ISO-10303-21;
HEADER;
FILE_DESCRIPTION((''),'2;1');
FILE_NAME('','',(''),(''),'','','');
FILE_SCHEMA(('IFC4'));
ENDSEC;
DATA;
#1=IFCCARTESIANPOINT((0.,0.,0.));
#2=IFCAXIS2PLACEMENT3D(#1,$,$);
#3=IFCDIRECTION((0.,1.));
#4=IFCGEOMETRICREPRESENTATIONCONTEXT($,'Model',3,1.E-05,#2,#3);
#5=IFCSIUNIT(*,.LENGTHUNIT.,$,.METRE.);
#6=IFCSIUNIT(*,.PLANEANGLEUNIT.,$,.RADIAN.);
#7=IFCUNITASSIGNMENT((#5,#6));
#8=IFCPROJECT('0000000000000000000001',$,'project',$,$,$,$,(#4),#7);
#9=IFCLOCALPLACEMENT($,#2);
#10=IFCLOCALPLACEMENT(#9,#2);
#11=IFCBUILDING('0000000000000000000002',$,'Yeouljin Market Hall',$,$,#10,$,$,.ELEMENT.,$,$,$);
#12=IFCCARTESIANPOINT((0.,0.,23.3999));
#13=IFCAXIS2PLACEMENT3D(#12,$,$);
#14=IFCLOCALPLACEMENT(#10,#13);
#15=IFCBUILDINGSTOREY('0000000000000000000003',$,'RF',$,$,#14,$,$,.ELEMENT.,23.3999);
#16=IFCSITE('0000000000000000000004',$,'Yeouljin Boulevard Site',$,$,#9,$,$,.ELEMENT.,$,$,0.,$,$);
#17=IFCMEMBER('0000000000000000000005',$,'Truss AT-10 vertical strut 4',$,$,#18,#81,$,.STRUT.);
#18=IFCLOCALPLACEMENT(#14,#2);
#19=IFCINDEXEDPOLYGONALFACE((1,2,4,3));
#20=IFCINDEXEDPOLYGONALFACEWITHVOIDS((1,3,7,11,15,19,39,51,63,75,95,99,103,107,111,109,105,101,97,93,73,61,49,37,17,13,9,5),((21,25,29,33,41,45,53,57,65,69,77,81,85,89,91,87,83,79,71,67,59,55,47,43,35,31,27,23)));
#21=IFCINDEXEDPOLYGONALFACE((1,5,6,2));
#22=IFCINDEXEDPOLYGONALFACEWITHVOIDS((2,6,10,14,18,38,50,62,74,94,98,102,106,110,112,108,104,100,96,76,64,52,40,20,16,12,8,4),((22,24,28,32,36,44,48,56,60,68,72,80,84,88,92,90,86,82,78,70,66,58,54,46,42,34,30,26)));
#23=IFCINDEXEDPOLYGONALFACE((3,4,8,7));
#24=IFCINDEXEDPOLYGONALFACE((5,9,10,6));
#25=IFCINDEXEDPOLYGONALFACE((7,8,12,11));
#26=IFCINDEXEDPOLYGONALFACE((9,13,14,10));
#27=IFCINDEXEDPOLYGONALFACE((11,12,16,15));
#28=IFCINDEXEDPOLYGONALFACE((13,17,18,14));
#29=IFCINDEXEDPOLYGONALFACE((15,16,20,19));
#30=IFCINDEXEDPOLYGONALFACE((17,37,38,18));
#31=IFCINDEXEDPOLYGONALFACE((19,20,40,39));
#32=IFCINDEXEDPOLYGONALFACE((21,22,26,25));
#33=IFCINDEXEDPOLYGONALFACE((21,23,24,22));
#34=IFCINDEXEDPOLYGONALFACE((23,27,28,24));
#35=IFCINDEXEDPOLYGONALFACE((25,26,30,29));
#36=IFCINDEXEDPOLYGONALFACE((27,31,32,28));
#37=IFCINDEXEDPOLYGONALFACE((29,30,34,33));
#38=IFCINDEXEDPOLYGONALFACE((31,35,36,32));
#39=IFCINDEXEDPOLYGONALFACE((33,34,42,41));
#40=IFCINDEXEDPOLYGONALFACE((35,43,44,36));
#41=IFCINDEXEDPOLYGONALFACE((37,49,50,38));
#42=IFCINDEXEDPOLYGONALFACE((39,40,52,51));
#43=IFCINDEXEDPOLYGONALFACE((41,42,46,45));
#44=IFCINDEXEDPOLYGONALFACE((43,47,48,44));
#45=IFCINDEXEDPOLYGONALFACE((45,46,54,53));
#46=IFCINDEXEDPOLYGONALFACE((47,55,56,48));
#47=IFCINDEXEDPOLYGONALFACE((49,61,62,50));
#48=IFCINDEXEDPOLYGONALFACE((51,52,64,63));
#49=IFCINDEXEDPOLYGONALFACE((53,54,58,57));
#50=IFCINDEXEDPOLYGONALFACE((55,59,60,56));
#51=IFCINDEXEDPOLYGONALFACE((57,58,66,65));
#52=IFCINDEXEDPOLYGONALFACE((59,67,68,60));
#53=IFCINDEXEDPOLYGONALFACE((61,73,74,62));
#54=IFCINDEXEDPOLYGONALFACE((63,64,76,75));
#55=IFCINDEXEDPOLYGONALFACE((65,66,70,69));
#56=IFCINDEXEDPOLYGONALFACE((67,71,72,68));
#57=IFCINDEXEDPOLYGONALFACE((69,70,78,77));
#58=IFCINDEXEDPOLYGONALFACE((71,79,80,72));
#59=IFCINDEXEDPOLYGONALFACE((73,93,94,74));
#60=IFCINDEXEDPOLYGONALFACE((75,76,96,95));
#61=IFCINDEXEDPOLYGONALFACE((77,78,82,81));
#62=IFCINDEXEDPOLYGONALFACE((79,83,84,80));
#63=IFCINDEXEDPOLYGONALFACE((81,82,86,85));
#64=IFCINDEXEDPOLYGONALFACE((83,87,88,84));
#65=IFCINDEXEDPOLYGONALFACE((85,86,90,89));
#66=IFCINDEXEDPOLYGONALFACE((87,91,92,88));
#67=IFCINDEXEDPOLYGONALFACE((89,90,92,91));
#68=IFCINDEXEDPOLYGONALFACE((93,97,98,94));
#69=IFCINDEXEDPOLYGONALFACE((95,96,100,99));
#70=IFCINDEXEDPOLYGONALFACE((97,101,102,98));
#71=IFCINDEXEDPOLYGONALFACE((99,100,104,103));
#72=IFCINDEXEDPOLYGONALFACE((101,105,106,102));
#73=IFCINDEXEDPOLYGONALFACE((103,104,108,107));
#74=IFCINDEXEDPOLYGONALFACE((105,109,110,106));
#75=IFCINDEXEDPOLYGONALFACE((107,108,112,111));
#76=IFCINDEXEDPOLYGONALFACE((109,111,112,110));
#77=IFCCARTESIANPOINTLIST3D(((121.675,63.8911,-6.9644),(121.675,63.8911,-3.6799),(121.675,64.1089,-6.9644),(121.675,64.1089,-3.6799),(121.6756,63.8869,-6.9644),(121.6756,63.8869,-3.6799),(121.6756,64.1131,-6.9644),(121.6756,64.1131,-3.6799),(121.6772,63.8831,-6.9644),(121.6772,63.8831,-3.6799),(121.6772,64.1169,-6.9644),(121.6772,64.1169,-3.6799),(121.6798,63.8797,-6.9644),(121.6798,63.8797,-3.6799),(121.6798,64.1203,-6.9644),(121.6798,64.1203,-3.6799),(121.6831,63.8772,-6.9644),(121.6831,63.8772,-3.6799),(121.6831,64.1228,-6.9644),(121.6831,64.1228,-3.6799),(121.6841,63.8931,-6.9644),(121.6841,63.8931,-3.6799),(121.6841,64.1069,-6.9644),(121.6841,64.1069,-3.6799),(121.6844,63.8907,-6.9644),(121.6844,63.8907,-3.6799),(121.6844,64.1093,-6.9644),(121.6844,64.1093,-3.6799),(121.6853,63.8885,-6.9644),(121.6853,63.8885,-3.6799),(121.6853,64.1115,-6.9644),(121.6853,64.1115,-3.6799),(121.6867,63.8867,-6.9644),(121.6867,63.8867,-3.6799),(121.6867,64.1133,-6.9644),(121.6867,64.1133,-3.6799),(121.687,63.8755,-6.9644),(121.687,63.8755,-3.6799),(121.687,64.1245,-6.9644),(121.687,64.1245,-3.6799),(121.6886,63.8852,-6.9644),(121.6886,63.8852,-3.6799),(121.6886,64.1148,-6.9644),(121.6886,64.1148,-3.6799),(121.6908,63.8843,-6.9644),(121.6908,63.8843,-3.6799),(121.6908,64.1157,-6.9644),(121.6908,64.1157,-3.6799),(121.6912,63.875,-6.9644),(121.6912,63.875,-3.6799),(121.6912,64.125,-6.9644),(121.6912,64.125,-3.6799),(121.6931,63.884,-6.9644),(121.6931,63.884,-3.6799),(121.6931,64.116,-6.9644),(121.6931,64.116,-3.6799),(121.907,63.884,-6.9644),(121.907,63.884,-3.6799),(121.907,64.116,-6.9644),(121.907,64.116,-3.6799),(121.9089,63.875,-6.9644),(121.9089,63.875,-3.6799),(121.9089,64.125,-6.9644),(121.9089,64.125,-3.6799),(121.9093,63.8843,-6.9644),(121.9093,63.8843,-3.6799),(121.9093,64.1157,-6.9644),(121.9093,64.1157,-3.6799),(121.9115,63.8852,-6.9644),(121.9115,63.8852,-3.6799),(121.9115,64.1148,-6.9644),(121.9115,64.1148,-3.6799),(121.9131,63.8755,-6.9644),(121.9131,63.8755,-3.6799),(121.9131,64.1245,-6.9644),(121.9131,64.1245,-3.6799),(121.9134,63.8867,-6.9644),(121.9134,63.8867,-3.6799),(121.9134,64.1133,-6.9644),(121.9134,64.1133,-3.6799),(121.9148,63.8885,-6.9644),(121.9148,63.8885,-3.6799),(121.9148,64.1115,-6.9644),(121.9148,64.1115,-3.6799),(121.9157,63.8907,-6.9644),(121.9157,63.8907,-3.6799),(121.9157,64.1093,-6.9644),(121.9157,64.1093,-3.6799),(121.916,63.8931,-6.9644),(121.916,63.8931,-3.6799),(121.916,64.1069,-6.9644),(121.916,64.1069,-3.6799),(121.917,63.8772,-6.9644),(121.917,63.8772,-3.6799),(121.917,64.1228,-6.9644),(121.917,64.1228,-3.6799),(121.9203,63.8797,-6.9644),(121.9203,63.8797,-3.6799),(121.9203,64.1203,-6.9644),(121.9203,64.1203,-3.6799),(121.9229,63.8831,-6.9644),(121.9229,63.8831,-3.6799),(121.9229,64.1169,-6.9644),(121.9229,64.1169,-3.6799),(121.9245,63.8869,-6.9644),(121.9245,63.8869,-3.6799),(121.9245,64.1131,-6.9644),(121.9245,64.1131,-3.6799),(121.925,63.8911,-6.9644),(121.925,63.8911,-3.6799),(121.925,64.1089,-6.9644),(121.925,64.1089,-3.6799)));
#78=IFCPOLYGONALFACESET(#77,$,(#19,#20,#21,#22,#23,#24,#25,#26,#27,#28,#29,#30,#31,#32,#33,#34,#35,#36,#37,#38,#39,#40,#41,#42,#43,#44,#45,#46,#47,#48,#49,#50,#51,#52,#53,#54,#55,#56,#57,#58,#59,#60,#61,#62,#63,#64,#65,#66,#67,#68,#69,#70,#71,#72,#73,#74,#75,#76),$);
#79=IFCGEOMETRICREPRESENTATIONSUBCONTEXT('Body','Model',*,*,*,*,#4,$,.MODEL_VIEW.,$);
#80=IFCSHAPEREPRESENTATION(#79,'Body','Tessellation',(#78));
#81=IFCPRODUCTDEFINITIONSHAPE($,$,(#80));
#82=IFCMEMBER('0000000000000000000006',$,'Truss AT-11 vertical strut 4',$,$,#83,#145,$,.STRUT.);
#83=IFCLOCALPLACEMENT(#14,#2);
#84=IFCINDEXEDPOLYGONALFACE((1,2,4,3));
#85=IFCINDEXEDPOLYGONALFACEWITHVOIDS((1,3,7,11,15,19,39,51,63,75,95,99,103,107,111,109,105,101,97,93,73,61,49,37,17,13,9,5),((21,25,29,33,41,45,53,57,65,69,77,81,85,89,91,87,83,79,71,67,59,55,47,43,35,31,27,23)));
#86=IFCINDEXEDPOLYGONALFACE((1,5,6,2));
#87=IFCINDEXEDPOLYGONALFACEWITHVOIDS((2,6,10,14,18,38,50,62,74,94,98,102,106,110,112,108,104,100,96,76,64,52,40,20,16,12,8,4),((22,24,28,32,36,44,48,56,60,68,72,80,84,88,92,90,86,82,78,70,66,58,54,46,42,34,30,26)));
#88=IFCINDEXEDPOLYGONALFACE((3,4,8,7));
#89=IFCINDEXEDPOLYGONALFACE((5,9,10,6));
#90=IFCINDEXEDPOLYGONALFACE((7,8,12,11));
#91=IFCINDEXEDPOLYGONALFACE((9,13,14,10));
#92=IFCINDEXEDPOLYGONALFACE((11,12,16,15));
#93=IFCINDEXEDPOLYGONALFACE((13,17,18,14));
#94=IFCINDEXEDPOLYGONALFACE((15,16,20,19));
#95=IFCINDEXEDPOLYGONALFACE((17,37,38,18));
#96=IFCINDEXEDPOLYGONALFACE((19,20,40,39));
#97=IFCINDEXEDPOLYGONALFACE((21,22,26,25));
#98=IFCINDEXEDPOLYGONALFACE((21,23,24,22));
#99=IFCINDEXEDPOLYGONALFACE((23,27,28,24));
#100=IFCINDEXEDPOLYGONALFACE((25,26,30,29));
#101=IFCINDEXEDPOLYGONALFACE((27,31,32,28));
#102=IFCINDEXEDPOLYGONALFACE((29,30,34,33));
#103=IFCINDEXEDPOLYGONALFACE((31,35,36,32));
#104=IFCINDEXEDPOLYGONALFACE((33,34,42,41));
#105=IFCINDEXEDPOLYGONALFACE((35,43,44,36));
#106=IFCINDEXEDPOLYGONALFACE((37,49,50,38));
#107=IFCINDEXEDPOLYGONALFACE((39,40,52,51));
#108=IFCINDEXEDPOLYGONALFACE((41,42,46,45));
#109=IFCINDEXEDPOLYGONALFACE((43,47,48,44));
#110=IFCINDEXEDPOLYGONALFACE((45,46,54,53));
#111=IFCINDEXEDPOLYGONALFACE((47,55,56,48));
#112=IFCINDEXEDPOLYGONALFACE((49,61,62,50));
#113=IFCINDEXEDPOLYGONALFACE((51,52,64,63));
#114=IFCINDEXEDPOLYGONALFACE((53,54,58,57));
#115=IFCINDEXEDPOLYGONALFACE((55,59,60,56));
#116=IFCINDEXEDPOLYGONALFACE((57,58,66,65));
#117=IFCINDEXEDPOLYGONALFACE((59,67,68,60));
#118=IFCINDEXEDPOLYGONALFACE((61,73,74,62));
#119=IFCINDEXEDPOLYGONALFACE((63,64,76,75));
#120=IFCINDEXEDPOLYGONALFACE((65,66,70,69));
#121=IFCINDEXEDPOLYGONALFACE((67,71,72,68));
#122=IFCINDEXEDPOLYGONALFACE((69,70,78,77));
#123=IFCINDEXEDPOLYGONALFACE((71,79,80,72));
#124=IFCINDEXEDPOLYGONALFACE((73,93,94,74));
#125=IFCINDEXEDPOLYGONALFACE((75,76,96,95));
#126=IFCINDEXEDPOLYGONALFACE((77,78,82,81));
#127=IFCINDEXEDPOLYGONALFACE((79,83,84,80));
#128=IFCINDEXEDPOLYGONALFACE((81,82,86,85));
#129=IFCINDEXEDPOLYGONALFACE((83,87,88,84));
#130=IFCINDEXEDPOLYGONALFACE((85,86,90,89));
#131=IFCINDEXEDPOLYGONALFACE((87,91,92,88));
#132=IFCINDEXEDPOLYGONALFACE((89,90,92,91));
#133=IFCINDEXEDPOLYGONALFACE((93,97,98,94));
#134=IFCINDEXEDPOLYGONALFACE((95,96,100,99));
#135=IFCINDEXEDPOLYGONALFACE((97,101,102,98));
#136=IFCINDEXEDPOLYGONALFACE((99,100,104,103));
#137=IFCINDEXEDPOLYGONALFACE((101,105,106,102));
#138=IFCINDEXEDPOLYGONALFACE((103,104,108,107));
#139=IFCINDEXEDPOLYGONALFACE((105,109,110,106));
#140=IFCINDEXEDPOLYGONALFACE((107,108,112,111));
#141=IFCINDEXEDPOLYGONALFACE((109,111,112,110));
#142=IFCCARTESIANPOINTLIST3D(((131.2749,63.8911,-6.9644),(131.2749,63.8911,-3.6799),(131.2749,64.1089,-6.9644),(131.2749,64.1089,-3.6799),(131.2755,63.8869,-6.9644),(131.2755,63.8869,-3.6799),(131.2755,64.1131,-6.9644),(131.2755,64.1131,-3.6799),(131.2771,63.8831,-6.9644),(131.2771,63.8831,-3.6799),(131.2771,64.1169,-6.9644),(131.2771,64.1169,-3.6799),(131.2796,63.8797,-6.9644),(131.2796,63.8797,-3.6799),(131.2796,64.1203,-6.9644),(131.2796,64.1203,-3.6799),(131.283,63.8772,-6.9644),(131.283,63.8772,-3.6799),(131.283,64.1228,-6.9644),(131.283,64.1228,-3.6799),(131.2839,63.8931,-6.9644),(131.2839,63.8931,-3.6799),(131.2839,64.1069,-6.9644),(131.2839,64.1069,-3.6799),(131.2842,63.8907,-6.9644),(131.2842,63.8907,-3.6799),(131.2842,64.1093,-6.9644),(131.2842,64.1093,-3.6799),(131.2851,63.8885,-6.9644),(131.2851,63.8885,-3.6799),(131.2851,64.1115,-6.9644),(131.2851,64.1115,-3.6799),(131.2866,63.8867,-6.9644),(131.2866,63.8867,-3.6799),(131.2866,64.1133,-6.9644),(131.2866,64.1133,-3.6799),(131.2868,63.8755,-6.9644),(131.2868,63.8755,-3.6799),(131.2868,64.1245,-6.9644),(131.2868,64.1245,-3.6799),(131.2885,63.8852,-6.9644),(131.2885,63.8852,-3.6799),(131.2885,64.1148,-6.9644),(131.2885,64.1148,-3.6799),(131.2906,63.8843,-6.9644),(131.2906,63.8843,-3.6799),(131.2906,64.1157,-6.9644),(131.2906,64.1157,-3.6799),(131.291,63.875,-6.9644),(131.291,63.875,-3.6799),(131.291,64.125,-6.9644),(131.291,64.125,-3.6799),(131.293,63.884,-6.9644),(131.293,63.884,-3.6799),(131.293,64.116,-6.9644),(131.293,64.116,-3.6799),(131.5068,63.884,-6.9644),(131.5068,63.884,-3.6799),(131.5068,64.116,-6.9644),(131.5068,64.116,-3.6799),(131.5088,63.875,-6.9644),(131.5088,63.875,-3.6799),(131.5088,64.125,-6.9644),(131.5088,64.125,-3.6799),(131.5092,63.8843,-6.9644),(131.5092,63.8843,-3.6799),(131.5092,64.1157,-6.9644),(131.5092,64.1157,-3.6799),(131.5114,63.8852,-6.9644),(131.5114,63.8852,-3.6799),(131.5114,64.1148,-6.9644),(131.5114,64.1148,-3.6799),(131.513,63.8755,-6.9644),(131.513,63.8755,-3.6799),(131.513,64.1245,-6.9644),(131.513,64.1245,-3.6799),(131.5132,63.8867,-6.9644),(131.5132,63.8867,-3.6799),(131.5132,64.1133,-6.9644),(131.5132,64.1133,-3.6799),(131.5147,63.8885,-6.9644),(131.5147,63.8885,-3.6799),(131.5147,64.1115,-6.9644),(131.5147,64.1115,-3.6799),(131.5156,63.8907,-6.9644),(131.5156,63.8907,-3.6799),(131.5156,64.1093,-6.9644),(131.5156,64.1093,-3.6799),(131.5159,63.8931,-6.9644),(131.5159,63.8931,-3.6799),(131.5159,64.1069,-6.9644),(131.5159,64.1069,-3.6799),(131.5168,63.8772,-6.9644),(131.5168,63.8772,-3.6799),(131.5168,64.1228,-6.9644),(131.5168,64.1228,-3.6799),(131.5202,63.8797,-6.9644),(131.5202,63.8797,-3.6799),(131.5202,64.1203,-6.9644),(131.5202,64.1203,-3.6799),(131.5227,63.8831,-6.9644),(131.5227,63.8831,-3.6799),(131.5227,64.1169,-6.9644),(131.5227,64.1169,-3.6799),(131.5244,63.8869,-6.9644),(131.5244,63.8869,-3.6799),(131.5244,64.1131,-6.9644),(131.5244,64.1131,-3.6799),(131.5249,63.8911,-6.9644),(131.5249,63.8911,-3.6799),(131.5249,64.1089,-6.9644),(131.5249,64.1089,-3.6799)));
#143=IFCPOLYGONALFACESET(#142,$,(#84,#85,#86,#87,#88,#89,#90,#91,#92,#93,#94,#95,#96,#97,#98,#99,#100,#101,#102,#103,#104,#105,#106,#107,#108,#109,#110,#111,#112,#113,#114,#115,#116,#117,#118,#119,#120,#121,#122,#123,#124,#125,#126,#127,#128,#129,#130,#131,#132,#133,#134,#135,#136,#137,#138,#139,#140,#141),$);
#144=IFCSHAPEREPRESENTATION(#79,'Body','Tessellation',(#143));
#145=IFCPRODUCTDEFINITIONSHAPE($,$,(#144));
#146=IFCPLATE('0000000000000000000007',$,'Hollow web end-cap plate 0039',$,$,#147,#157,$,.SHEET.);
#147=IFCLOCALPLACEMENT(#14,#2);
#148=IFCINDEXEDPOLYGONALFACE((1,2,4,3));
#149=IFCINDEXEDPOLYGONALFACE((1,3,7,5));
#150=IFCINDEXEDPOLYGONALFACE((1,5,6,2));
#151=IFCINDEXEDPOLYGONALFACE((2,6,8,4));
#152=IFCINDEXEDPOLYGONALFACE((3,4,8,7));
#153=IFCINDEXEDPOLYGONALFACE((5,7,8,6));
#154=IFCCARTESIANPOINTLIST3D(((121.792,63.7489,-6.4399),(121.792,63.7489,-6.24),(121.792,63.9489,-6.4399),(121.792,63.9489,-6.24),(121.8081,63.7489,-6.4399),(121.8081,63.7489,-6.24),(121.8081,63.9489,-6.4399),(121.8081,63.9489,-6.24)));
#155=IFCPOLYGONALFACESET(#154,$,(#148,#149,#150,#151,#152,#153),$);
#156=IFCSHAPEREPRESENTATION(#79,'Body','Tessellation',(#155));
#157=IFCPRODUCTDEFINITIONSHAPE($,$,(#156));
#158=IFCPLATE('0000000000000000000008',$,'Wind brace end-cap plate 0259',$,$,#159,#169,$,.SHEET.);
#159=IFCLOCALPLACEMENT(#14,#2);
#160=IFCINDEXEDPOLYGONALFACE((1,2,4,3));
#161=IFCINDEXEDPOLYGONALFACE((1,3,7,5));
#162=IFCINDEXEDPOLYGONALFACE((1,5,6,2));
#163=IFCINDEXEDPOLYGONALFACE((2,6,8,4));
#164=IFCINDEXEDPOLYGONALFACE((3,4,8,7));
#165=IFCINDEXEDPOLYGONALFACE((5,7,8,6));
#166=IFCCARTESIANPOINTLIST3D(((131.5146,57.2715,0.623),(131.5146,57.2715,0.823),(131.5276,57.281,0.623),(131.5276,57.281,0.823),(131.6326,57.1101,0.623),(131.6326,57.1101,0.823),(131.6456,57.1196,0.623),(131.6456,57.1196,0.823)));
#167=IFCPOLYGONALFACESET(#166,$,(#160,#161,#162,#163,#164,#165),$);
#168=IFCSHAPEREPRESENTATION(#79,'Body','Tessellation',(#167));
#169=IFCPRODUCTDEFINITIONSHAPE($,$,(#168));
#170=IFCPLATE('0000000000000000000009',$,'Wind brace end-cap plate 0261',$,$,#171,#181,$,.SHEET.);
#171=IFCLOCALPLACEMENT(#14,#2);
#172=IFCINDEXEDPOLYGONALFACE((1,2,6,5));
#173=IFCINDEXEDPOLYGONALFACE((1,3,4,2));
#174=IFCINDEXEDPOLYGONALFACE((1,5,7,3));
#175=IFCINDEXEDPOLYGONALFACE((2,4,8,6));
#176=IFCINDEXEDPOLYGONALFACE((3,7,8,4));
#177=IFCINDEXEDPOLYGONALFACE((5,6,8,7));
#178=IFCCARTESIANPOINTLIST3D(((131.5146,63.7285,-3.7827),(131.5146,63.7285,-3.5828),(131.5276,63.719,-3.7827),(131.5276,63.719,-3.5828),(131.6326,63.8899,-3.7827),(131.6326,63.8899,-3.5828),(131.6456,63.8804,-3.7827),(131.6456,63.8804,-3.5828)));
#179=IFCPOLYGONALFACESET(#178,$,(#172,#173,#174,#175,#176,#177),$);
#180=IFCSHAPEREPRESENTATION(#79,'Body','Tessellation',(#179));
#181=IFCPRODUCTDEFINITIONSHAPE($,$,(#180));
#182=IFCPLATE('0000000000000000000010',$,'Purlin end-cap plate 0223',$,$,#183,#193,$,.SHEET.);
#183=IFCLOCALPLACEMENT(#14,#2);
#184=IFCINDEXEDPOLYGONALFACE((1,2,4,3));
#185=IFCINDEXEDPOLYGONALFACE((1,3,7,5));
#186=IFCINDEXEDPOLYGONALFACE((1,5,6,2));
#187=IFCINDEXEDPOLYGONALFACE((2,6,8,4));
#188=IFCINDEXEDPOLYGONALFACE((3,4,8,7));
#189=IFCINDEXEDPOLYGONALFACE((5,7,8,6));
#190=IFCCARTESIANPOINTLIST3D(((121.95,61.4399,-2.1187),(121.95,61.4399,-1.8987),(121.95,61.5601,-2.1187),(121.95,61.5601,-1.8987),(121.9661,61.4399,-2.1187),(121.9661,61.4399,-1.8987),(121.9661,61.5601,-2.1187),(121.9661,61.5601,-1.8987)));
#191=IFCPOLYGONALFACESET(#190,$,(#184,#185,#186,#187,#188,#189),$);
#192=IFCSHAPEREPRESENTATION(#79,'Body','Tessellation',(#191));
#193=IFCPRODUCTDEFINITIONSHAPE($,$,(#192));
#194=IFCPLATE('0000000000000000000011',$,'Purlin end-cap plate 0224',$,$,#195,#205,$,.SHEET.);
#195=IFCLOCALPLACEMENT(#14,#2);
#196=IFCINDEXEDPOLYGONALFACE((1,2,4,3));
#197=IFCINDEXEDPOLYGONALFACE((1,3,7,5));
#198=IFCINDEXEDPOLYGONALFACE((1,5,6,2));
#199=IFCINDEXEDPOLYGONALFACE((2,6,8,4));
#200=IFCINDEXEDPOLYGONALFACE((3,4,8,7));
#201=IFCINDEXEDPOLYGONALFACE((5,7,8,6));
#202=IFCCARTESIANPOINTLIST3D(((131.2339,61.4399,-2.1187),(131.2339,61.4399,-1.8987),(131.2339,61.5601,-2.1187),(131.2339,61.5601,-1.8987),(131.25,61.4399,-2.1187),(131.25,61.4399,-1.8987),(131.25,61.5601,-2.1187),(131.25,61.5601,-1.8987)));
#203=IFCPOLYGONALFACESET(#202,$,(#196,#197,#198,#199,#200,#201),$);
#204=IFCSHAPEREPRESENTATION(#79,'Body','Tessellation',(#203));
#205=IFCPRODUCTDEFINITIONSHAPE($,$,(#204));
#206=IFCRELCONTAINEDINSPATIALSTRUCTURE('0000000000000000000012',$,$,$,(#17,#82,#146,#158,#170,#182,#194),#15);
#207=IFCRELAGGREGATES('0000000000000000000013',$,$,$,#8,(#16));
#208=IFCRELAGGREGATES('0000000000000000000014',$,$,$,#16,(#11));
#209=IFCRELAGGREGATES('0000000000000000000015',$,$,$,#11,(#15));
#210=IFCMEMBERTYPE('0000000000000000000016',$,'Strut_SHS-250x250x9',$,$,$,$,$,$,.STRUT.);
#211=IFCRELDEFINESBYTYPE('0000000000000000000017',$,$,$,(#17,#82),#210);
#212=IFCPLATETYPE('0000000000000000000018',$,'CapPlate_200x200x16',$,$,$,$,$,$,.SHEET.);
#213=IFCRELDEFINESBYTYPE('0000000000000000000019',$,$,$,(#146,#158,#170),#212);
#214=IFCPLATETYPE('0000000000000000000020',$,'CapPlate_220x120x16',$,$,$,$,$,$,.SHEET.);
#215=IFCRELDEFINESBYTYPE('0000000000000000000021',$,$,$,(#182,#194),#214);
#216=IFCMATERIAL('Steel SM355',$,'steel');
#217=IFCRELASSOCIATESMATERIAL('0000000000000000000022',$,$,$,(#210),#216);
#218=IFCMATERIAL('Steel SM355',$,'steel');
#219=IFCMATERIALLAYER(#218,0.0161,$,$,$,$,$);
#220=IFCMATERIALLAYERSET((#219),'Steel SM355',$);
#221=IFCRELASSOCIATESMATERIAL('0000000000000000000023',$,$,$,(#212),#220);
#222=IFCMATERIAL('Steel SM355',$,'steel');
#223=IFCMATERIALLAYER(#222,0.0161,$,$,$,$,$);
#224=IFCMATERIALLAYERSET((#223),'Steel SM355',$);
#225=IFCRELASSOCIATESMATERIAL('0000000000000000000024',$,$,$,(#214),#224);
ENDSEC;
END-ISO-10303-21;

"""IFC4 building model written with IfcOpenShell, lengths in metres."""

from ifc_helpers import new_model, si_unit, direction, frame, origin, origin_2d, place, context, subcontext, project, spatial, rectangle, hollow_rectangle, extrude, material, layer, layer_set, material_profile, profile_set, type_object, element, save


model = new_model("IFC4")

# Units and contexts
model_context = context("Model", 3, precision=1e-05, world=origin(), true_north=direction((0.0, 1.0)))
body_context = subcontext(model_context, "Body", "Model", "MODEL_VIEW")
ifc_project = project(units=[si_unit("LENGTHUNIT", "METRE"), si_unit("PLANEANGLEUNIT", "RADIAN")], contexts=[model_context])

# Site, building, storey
site_placement = place(None, origin())
site = spatial("IfcSite", under=ifc_project, at=site_placement, Name="Yeouljin Boulevard Site", CompositionType="ELEMENT", RefElevation=0.0)
building_placement = place(site_placement, origin())
building = spatial("IfcBuilding", under=site, at=building_placement, Name="Yeouljin Market Hall", CompositionType="ELEMENT")
storey_placement = place(building_placement, frame((0.0, 0.0, 23.3999)))
storey = spatial("IfcBuildingStorey", under=building, at=storey_placement, Name="RF", CompositionType="ELEMENT", Elevation=23.3999)

# Members
ifc_material_1 = material(Name="Steel SM355", Category="steel")
ifc_material_profile_1 = material_profile(ifc_material_1, hollow_rectangle(XDim=0.25, YDim=0.25, WallThickness=0.009, InnerFilletRadius=0.009, OuterFilletRadius=0.0161, at=origin_2d()), Name="SHS-250x250x9")
ifc_profile_set_1 = profile_set([ifc_material_profile_1], Name="Steel SM355")
member_type_1 = type_object("IfcMemberType", Name="Strut_SHS-250x250x9", PredefinedType="STRUT", material=ifc_profile_set_1)
for number, where, z_axis, x_axis, name in (
    (1, (121.8, 64.0, -6.9644), (0.0, 0.0, 1.0), (1.0, 0.0, 0.0), "Truss AT-10 vertical strut 4"),
    (2, (131.3999, 64.0, -6.9644), (0.0, 0.0, 1.0), (1.0, 0.0, 0.0), "Truss AT-11 vertical strut 4"),
):
    element("IfcMember", number, at=place(storey_placement, frame(where, z_axis=z_axis, x_axis=x_axis)), inside=storey, type_object=member_type_1, Name=name, PredefinedType="STRUT", context=body_context, shape_type="SweptSolid", body=[
        extrude(hollow_rectangle(XDim=0.25, YDim=0.25, WallThickness=0.009, InnerFilletRadius=0.009, OuterFilletRadius=0.0161, at=origin_2d()), origin(), (0.0, 0.0, 1.0), 3.2844),
    ])

# Plates
ifc_material_2 = material(Name="Steel SM355", Category="steel")
ifc_layer_1 = layer(ifc_material_2, 0.0161)
ifc_layer_set_1 = layer_set([ifc_layer_1], Name="Steel SM355")
plate_type_1 = type_object("IfcPlateType", Name="CapPlate_200x200x16", PredefinedType="SHEET", material=ifc_layer_set_1)
for number, where, z_axis, x_axis, name in (
    (3, (121.8, 63.8489, -6.4399), (0.0, 0.0, 1.0), (0.0, 1.0, 0.0), "Hollow web end-cap plate 0039"),
    (4, (131.5801, 57.1956, 0.623), (0.0, 0.0, 1.0), (-0.590183, 0.807269, 0.0), "Wind brace end-cap plate 0259"),
    (5, (131.5801, 63.8044, -3.7827), (0.0, 0.0, 1.0), (0.590183, 0.807269, 0.0), "Wind brace end-cap plate 0261"),
):
    element("IfcPlate", number, at=place(storey_placement, frame(where, z_axis=z_axis, x_axis=x_axis)), inside=storey, type_object=plate_type_1, Name=name, PredefinedType="SHEET", context=body_context, shape_type="SweptSolid", body=[
        extrude(rectangle(XDim=0.2, YDim=0.0161, at=origin_2d()), origin(), (0.0, 0.0, 1.0), 0.2),
    ])
ifc_material_3 = material(Name="Steel SM355", Category="steel")
ifc_layer_2 = layer(ifc_material_3, 0.0161)
ifc_layer_set_2 = layer_set([ifc_layer_2], Name="Steel SM355")
plate_type_2 = type_object("IfcPlateType", Name="CapPlate_220x120x16", PredefinedType="SHEET", material=ifc_layer_set_2)
for number, where, z_axis, x_axis, name in (
    (6, (121.958, 61.5, -2.1187), (0.0, 0.0, 1.0), (0.0, 1.0, 0.0), "Purlin end-cap plate 0223"),
    (7, (131.2419, 61.5, -2.1187), (0.0, 0.0, 1.0), (0.0, 1.0, 0.0), "Purlin end-cap plate 0224"),
):
    element("IfcPlate", number, at=place(storey_placement, frame(where, z_axis=z_axis, x_axis=x_axis)), inside=storey, type_object=plate_type_2, Name=name, PredefinedType="SHEET", context=body_context, shape_type="SweptSolid", body=[
        extrude(rectangle(XDim=0.1201, YDim=0.0161, at=origin_2d()), origin(), (0.0, 0.0, 1.0), 0.22),
    ])

save(model, "model.ifc")
